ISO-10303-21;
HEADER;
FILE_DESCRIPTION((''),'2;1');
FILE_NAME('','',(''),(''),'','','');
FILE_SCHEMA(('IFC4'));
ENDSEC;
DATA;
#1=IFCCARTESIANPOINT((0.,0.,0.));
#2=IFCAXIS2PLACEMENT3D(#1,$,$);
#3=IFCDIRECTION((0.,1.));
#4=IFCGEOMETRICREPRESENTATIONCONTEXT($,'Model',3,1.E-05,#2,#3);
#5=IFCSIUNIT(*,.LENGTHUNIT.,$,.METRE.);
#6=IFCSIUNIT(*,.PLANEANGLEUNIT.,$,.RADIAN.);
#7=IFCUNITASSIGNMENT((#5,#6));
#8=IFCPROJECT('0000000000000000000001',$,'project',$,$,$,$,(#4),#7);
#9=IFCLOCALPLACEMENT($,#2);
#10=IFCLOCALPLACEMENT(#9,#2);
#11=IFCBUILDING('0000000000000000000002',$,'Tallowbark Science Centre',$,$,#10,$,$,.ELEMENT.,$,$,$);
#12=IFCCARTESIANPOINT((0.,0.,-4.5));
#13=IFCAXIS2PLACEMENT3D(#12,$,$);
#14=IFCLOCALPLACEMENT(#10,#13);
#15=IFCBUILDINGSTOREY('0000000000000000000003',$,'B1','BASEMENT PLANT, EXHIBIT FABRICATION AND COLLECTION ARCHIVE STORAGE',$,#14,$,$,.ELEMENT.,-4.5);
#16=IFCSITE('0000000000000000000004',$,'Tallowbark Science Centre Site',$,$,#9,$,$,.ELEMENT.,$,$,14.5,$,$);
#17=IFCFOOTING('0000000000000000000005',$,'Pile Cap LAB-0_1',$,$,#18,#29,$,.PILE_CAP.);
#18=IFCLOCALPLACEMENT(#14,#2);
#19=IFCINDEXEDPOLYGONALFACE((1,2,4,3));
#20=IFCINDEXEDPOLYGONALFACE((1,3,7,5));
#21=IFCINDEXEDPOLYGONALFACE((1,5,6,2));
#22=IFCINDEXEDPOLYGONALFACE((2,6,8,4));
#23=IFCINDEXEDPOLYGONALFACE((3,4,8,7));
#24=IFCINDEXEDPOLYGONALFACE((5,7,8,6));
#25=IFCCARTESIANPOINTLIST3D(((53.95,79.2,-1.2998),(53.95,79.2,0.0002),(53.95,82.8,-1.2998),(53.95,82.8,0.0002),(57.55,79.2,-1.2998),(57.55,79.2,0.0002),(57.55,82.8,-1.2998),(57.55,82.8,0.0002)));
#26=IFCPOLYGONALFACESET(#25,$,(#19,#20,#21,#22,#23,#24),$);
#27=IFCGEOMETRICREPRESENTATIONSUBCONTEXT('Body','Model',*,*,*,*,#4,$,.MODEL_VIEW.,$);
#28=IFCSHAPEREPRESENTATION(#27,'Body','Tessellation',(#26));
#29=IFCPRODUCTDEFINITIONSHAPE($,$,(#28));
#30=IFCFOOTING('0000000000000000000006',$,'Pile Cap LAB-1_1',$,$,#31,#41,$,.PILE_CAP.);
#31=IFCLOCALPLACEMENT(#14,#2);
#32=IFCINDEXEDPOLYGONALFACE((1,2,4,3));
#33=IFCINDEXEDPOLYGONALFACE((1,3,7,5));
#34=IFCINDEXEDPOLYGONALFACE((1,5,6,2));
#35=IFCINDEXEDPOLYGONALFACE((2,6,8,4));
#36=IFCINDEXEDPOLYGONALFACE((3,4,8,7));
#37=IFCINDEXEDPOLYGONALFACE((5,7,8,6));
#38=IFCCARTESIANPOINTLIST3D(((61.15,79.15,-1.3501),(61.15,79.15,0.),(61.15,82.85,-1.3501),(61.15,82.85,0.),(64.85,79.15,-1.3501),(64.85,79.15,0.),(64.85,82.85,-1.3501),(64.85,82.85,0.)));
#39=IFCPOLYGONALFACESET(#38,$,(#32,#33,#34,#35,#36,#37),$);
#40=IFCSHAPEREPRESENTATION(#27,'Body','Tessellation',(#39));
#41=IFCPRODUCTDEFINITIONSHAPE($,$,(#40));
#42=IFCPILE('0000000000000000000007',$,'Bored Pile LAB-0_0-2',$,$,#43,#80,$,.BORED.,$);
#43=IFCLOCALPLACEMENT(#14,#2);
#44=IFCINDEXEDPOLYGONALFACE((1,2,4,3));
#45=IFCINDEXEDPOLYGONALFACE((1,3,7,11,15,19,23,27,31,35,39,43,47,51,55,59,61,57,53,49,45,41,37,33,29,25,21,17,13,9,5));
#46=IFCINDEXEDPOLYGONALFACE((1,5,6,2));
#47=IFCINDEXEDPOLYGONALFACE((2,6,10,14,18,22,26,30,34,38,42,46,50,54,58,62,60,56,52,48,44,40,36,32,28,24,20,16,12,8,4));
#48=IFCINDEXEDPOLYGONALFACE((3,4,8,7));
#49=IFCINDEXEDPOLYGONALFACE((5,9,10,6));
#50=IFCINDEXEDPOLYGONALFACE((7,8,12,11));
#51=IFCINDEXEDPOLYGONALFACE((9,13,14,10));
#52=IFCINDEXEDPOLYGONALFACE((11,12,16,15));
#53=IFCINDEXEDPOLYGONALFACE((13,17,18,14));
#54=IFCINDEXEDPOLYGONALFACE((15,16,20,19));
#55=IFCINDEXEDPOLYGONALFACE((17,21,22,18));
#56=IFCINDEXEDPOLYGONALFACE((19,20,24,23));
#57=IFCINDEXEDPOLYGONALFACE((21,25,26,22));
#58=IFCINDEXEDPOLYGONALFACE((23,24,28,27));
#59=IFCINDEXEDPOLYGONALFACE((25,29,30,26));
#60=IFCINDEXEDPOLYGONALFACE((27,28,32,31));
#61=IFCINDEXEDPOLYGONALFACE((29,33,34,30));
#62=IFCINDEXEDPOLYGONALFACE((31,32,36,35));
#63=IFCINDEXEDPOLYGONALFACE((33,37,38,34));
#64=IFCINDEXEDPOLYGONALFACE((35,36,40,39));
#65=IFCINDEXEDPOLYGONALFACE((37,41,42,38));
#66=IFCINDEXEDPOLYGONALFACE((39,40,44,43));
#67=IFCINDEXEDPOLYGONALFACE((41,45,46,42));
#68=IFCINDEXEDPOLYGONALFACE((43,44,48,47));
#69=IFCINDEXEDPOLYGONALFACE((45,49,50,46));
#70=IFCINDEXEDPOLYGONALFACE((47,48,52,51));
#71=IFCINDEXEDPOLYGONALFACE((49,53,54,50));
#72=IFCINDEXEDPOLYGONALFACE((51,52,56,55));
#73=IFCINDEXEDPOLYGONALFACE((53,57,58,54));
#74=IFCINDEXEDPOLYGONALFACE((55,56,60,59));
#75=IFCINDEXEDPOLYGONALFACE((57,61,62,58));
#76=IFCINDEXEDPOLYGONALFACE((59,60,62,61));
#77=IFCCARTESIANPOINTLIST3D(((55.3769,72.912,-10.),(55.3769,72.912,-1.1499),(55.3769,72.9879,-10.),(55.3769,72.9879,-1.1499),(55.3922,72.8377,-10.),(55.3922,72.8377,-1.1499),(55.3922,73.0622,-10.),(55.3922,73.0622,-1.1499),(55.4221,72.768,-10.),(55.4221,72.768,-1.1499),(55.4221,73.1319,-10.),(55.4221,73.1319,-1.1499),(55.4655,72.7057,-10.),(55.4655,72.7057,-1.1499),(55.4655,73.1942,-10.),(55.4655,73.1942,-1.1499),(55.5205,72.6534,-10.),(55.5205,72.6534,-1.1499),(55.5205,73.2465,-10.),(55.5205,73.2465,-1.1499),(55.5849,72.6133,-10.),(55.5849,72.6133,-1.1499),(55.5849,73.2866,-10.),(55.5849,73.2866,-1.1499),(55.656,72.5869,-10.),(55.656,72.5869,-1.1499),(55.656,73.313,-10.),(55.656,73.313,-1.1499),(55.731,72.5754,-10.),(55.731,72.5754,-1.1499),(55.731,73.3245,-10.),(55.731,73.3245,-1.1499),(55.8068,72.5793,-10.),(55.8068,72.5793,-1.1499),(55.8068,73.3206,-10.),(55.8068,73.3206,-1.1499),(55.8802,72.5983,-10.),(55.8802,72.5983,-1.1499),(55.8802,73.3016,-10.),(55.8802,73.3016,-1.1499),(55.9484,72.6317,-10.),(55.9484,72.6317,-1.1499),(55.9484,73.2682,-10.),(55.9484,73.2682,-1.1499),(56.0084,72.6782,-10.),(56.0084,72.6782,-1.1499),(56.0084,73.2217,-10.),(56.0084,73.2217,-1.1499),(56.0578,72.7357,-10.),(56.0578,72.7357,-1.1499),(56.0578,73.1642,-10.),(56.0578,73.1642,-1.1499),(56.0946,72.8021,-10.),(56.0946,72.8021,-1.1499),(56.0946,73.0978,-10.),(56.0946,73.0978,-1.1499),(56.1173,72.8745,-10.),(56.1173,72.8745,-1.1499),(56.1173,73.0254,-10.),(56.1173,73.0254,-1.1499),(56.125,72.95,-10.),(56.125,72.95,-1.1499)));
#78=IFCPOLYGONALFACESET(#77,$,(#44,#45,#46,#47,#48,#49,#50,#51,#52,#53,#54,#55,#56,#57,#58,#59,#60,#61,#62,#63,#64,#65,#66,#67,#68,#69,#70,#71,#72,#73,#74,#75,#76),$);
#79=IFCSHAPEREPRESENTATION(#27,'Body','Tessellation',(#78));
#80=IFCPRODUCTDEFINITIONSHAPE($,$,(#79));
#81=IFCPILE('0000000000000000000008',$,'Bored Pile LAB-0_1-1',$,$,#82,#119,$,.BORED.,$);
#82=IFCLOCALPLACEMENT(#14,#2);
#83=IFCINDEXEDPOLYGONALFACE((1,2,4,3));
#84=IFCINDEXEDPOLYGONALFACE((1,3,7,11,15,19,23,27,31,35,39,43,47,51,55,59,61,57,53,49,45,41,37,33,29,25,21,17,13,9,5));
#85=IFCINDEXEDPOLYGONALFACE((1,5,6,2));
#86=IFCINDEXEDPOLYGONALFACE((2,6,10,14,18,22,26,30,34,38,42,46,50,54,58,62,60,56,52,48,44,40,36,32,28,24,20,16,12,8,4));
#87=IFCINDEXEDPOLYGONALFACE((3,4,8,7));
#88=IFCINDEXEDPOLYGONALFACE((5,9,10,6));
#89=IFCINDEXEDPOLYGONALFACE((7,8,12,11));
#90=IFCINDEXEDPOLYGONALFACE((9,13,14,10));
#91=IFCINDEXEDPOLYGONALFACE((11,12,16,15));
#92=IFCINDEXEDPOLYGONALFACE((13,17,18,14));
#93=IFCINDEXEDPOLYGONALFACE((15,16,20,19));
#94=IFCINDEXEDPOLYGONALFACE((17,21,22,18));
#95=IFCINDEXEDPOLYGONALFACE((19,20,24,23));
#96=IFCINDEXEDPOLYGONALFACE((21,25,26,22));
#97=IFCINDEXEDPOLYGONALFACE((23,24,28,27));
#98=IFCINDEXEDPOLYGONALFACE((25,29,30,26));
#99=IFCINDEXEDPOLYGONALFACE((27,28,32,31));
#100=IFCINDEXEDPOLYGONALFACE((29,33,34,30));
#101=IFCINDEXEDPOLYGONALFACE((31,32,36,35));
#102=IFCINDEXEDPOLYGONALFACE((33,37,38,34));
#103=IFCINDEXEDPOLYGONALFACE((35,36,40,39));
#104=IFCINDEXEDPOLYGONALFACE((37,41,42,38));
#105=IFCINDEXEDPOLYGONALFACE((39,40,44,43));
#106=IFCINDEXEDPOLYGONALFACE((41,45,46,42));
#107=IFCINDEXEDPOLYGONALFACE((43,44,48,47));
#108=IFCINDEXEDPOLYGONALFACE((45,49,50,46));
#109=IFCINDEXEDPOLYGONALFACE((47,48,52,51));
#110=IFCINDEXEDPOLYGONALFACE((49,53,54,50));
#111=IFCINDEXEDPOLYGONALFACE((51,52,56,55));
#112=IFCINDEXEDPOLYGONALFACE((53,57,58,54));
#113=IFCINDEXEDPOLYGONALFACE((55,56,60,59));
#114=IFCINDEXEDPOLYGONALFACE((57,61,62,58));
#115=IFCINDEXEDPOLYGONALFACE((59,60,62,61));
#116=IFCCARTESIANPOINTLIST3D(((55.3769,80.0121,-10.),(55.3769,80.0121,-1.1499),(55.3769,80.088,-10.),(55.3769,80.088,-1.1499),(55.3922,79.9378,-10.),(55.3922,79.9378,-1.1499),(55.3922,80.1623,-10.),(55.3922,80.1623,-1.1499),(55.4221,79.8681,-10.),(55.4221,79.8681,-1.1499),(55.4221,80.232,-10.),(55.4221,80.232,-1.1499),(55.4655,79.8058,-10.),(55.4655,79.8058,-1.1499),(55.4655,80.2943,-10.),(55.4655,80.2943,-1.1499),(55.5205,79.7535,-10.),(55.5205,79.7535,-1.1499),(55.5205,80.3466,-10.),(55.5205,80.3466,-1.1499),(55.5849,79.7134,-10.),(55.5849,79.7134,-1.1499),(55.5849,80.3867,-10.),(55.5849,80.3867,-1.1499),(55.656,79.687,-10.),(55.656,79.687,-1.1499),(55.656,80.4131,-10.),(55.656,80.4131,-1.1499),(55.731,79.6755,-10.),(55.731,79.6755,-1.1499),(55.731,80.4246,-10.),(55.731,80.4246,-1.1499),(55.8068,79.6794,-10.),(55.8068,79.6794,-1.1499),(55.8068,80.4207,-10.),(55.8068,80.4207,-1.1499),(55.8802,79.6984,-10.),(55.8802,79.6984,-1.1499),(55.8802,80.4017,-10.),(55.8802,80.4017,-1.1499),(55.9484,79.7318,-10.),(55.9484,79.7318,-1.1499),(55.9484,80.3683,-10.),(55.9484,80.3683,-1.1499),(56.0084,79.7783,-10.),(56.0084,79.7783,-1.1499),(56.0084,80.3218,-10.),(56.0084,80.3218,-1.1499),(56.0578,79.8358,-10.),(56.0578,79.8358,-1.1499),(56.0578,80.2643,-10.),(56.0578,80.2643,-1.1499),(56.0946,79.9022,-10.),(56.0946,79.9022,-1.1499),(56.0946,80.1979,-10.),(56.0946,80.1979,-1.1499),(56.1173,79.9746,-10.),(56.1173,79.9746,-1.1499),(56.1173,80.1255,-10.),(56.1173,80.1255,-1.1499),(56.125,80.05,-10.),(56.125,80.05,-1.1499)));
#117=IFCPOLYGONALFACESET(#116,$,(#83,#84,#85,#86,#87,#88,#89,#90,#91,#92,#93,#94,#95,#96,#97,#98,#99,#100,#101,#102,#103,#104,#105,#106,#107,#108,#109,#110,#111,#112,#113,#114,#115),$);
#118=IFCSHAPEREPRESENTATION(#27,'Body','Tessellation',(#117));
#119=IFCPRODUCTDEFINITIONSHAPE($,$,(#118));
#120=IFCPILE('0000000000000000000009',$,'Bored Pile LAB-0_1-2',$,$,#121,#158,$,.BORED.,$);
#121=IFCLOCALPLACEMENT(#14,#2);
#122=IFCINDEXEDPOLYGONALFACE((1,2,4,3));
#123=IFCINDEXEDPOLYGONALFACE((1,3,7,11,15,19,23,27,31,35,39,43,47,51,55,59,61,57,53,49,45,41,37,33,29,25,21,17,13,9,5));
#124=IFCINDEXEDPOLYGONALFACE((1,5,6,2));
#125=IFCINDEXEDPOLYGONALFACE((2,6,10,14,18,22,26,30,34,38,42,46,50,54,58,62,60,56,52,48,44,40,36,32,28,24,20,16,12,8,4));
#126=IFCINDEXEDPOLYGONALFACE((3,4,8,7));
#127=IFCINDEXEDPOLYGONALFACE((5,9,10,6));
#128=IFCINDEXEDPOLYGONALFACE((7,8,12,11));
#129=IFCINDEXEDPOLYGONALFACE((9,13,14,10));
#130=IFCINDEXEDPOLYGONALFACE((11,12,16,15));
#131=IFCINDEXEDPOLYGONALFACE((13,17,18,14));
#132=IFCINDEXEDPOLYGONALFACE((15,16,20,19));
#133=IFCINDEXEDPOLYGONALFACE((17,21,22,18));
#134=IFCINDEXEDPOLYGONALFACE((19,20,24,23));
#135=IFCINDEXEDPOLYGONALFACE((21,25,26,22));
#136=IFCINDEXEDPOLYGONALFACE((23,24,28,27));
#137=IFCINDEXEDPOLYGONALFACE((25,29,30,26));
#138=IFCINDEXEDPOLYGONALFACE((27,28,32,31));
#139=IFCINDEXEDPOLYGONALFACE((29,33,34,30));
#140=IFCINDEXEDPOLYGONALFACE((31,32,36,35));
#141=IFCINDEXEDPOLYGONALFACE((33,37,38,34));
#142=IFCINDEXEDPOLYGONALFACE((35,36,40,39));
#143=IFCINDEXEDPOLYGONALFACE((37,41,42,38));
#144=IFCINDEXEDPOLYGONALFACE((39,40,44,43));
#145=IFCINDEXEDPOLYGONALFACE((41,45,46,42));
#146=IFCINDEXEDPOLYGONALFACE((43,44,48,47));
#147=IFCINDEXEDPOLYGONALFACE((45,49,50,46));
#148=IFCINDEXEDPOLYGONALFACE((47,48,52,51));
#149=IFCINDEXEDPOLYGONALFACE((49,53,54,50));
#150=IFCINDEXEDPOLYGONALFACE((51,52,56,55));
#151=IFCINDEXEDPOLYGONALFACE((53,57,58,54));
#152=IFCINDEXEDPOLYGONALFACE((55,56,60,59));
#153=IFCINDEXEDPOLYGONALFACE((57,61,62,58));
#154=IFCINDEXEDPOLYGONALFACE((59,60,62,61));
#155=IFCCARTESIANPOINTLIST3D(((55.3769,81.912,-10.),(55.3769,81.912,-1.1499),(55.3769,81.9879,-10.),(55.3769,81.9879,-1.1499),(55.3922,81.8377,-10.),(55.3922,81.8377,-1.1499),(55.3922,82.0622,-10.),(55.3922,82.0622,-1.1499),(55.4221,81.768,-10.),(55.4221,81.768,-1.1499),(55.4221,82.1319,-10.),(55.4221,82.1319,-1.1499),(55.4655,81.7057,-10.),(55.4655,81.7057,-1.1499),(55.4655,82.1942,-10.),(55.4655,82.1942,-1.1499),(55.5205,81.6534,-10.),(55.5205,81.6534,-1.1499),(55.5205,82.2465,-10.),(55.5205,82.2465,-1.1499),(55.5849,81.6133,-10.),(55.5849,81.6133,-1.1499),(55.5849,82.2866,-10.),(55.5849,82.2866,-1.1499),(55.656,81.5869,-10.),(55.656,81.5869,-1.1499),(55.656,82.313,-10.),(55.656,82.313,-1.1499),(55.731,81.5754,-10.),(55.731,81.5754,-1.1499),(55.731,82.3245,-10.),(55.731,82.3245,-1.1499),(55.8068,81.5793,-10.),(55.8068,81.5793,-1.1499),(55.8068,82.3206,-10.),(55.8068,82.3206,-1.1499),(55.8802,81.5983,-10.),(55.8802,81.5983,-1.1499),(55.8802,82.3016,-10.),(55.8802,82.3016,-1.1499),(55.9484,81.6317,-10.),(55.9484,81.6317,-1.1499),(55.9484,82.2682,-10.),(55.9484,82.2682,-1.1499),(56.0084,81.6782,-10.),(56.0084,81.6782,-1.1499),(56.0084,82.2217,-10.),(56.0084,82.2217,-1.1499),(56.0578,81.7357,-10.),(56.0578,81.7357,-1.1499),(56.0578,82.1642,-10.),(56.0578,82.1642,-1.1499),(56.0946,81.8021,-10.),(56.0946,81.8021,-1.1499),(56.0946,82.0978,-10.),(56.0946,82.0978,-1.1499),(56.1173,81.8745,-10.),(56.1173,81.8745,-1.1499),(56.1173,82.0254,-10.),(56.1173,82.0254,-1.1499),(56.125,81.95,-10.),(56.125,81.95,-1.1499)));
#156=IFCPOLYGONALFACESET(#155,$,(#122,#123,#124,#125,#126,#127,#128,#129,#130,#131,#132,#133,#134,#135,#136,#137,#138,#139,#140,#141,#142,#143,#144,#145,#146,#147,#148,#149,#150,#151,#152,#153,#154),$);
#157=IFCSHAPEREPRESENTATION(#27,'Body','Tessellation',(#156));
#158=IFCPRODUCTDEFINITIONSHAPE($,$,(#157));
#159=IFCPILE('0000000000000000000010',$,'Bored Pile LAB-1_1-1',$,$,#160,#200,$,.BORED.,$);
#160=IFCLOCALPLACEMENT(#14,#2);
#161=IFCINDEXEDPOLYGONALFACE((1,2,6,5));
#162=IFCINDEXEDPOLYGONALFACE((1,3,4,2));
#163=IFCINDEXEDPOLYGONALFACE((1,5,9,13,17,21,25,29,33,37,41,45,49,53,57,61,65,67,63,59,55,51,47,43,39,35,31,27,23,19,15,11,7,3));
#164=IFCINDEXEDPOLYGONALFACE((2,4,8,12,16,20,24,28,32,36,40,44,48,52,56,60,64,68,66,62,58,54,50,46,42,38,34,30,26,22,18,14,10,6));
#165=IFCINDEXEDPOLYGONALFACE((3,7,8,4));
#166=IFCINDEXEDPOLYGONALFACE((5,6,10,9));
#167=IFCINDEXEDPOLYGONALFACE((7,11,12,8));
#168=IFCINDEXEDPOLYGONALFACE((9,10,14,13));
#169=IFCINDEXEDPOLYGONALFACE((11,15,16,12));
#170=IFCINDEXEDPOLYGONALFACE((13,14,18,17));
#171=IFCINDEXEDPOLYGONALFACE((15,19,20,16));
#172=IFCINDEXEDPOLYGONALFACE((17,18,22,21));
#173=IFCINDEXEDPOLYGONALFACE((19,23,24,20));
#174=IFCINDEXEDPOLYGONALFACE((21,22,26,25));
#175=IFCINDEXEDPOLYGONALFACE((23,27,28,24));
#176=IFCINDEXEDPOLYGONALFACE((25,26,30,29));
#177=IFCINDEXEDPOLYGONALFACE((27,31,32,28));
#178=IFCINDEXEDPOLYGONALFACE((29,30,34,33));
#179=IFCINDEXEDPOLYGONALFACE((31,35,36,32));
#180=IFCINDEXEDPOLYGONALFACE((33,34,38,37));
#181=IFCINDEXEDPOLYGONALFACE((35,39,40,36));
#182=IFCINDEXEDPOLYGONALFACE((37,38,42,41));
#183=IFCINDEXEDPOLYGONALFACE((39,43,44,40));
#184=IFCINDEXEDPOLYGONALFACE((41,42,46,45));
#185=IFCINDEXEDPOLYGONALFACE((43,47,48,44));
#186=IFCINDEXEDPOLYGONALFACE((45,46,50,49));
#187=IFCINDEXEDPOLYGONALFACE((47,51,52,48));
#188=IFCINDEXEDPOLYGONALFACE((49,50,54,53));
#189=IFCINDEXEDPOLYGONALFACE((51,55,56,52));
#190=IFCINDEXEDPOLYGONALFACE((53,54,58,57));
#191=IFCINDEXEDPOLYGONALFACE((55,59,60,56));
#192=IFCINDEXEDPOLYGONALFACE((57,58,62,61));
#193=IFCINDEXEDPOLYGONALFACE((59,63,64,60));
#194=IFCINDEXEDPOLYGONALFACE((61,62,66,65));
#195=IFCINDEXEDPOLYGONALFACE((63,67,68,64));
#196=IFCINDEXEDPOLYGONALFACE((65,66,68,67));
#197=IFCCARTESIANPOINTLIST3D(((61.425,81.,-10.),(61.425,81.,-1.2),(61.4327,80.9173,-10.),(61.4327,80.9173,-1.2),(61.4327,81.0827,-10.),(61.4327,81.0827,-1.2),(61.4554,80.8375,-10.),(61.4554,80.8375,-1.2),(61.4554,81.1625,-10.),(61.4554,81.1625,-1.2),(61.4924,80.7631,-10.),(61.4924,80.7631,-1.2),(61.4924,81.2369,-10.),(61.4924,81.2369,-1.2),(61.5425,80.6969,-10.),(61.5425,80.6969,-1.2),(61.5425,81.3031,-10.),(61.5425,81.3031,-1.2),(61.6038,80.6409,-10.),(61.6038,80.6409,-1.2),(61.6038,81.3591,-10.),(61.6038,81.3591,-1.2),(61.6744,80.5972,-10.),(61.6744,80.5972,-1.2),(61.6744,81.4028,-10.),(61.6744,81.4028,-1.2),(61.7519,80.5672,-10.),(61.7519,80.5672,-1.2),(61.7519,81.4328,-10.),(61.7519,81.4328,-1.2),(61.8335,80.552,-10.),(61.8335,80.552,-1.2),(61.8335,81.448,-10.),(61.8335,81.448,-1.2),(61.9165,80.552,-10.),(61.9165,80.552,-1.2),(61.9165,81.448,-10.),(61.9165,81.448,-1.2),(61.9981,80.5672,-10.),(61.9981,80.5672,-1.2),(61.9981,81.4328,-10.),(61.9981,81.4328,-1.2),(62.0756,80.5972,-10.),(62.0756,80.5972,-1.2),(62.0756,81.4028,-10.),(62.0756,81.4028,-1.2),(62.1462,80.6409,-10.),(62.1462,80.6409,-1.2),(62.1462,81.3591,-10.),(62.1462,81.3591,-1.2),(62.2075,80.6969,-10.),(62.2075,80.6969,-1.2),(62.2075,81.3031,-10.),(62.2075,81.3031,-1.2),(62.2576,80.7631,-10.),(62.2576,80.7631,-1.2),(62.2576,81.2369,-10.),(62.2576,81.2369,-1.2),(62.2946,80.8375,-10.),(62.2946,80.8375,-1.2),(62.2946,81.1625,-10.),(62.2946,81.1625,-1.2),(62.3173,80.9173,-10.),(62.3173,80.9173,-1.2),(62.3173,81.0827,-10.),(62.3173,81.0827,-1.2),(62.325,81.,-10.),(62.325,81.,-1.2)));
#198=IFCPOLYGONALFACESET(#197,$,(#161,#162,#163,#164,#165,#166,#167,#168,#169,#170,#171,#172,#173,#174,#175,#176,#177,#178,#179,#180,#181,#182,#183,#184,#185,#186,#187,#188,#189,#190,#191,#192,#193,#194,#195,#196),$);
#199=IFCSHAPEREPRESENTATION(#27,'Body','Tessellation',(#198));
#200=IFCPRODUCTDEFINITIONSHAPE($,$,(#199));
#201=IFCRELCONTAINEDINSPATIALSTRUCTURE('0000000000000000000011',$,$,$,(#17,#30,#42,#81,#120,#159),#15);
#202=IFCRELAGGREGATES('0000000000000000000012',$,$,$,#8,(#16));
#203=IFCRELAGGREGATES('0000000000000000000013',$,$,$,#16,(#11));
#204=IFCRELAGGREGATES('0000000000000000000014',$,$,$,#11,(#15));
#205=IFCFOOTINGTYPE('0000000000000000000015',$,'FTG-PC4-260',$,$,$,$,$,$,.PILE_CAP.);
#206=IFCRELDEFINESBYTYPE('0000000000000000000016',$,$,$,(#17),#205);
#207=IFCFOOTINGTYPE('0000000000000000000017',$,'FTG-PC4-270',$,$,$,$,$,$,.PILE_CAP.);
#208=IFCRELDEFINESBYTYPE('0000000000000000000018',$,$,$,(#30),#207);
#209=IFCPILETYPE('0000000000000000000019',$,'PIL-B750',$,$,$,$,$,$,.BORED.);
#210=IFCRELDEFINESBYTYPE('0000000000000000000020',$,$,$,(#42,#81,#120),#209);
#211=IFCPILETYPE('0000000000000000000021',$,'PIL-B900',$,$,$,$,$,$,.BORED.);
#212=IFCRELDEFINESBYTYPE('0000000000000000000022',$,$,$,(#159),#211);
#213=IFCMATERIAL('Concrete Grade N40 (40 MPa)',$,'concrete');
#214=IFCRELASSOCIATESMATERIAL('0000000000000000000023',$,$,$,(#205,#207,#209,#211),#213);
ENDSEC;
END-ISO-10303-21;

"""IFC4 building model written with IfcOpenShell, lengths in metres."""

from ifc_helpers import new_model, si_unit, direction, frame, origin, origin_2d, place, context, subcontext, project, spatial, rectangle, circle, extrude, material, material_profile, profile_set, type_object, element, save


model = new_model("IFC4")

# Units and contexts
model_context = context("Model", 3, precision=1e-05, world=origin(), true_north=direction((0.0, 1.0)))
body_context = subcontext(model_context, "Body", "Model", "MODEL_VIEW")
ifc_project = project(units=[si_unit("LENGTHUNIT", "METRE"), si_unit("PLANEANGLEUNIT", "RADIAN")], contexts=[model_context])

# Site, building, storey
site_placement = place(None, origin())
site = spatial("IfcSite", under=ifc_project, at=site_placement, Name="Tallowbark Science Centre Site", CompositionType="ELEMENT", RefElevation=14.5)
building_placement = place(site_placement, origin())
building = spatial("IfcBuilding", under=site, at=building_placement, Name="Tallowbark Science Centre", CompositionType="ELEMENT")
storey_placement = place(building_placement, frame((0.0, 0.0, -4.5)))
storey = spatial("IfcBuildingStorey", under=building, at=storey_placement, Name="B1", Description="BASEMENT PLANT, EXHIBIT FABRICATION AND COLLECTION ARCHIVE STORAGE", CompositionType="ELEMENT", Elevation=-4.5)

# Footings
ifc_material_1 = material(Name="Concrete Grade N40 (40 MPa)", Category="concrete")
footing_type_1 = type_object("IfcFootingType", Name="FTG-PC4-260", PredefinedType="PILE_CAP", material=ifc_material_1)
footing_1_placement = place(storey_placement, frame((55.75, 81.0, -1.2998), z_axis=(0.0, 0.0, 1.0), x_axis=(1.0, 0.0, 0.0)))
element("IfcFooting", 1, at=footing_1_placement, inside=storey, type_object=footing_type_1, Name="Pile Cap LAB-0_1", PredefinedType="PILE_CAP", context=body_context, shape_type="SweptSolid", body=[
    extrude(rectangle(XDim=3.6001, YDim=3.6001, at=origin_2d()), origin(), (0.0, 0.0, 1.0), 1.3),
])
footing_type_2 = type_object("IfcFootingType", Name="FTG-PC4-270", PredefinedType="PILE_CAP", material=ifc_material_1)
footing_2_placement = place(storey_placement, frame((63.0, 81.0, -1.3501), z_axis=(0.0, 0.0, 1.0), x_axis=(1.0, 0.0, 0.0)))
element("IfcFooting", 2, at=footing_2_placement, inside=storey, type_object=footing_type_2, Name="Pile Cap LAB-1_1", PredefinedType="PILE_CAP", context=body_context, shape_type="SweptSolid", body=[
    extrude(rectangle(XDim=3.7, YDim=3.7, at=origin_2d()), origin(), (0.0, 0.0, 1.0), 1.3501),
])

# Piles
ifc_material_profile_1 = material_profile(ifc_material_1, circle(Radius=0.375, at=origin_2d()), Name="PILE750")
ifc_profile_set_1 = profile_set([ifc_material_profile_1], Name="Concrete Grade N40 (40 MPa)")
pile_type_1 = type_object("IfcPileType", Name="PIL-B750", PredefinedType="BORED", material=ifc_profile_set_1)
for number, where, z_axis, x_axis, name in (
    (3, (55.75, 72.95, -1.1499), (0.0, 0.0, -1.0), (1.0, 0.0, 0.0), "Bored Pile LAB-0_0-2"),
    (4, (55.75, 80.05, -1.1499), (0.0, 0.0, -1.0), (1.0, 0.0, 0.0), "Bored Pile LAB-0_1-1"),
    (5, (55.75, 81.95, -1.1499), (0.0, 0.0, -1.0), (1.0, 0.0, 0.0), "Bored Pile LAB-0_1-2"),
):
    element("IfcPile", number, at=place(storey_placement, frame(where, z_axis=z_axis, x_axis=x_axis)), inside=storey, type_object=pile_type_1, Name=name, PredefinedType="BORED", context=body_context, shape_type="SweptSolid", body=[
        extrude(circle(Radius=0.375, at=origin_2d()), origin(), (0.0, 0.0, 1.0), 8.8501),
    ])
ifc_material_profile_2 = material_profile(ifc_material_1, circle(Radius=0.45, at=origin_2d()), Name="PILE900")
ifc_profile_set_2 = profile_set([ifc_material_profile_2], Name="Concrete Grade N40 (40 MPa)")
pile_type_2 = type_object("IfcPileType", Name="PIL-B900", PredefinedType="BORED", material=ifc_profile_set_2)
for number, where, z_axis, x_axis, name in (
    (6, (61.875, 81.0, -1.2), (0.0, 0.0, -1.0), (1.0, 0.0, 0.0), "Bored Pile LAB-1_1-1"),
):
    element("IfcPile", number, at=place(storey_placement, frame(where, z_axis=z_axis, x_axis=x_axis)), inside=storey, type_object=pile_type_2, Name=name, PredefinedType="BORED", context=body_context, shape_type="SweptSolid", body=[
        extrude(circle(Radius=0.45, at=origin_2d()), origin(), (0.0, 0.0, 1.0), 8.8),
    ])

save(model, "model.ifc")
